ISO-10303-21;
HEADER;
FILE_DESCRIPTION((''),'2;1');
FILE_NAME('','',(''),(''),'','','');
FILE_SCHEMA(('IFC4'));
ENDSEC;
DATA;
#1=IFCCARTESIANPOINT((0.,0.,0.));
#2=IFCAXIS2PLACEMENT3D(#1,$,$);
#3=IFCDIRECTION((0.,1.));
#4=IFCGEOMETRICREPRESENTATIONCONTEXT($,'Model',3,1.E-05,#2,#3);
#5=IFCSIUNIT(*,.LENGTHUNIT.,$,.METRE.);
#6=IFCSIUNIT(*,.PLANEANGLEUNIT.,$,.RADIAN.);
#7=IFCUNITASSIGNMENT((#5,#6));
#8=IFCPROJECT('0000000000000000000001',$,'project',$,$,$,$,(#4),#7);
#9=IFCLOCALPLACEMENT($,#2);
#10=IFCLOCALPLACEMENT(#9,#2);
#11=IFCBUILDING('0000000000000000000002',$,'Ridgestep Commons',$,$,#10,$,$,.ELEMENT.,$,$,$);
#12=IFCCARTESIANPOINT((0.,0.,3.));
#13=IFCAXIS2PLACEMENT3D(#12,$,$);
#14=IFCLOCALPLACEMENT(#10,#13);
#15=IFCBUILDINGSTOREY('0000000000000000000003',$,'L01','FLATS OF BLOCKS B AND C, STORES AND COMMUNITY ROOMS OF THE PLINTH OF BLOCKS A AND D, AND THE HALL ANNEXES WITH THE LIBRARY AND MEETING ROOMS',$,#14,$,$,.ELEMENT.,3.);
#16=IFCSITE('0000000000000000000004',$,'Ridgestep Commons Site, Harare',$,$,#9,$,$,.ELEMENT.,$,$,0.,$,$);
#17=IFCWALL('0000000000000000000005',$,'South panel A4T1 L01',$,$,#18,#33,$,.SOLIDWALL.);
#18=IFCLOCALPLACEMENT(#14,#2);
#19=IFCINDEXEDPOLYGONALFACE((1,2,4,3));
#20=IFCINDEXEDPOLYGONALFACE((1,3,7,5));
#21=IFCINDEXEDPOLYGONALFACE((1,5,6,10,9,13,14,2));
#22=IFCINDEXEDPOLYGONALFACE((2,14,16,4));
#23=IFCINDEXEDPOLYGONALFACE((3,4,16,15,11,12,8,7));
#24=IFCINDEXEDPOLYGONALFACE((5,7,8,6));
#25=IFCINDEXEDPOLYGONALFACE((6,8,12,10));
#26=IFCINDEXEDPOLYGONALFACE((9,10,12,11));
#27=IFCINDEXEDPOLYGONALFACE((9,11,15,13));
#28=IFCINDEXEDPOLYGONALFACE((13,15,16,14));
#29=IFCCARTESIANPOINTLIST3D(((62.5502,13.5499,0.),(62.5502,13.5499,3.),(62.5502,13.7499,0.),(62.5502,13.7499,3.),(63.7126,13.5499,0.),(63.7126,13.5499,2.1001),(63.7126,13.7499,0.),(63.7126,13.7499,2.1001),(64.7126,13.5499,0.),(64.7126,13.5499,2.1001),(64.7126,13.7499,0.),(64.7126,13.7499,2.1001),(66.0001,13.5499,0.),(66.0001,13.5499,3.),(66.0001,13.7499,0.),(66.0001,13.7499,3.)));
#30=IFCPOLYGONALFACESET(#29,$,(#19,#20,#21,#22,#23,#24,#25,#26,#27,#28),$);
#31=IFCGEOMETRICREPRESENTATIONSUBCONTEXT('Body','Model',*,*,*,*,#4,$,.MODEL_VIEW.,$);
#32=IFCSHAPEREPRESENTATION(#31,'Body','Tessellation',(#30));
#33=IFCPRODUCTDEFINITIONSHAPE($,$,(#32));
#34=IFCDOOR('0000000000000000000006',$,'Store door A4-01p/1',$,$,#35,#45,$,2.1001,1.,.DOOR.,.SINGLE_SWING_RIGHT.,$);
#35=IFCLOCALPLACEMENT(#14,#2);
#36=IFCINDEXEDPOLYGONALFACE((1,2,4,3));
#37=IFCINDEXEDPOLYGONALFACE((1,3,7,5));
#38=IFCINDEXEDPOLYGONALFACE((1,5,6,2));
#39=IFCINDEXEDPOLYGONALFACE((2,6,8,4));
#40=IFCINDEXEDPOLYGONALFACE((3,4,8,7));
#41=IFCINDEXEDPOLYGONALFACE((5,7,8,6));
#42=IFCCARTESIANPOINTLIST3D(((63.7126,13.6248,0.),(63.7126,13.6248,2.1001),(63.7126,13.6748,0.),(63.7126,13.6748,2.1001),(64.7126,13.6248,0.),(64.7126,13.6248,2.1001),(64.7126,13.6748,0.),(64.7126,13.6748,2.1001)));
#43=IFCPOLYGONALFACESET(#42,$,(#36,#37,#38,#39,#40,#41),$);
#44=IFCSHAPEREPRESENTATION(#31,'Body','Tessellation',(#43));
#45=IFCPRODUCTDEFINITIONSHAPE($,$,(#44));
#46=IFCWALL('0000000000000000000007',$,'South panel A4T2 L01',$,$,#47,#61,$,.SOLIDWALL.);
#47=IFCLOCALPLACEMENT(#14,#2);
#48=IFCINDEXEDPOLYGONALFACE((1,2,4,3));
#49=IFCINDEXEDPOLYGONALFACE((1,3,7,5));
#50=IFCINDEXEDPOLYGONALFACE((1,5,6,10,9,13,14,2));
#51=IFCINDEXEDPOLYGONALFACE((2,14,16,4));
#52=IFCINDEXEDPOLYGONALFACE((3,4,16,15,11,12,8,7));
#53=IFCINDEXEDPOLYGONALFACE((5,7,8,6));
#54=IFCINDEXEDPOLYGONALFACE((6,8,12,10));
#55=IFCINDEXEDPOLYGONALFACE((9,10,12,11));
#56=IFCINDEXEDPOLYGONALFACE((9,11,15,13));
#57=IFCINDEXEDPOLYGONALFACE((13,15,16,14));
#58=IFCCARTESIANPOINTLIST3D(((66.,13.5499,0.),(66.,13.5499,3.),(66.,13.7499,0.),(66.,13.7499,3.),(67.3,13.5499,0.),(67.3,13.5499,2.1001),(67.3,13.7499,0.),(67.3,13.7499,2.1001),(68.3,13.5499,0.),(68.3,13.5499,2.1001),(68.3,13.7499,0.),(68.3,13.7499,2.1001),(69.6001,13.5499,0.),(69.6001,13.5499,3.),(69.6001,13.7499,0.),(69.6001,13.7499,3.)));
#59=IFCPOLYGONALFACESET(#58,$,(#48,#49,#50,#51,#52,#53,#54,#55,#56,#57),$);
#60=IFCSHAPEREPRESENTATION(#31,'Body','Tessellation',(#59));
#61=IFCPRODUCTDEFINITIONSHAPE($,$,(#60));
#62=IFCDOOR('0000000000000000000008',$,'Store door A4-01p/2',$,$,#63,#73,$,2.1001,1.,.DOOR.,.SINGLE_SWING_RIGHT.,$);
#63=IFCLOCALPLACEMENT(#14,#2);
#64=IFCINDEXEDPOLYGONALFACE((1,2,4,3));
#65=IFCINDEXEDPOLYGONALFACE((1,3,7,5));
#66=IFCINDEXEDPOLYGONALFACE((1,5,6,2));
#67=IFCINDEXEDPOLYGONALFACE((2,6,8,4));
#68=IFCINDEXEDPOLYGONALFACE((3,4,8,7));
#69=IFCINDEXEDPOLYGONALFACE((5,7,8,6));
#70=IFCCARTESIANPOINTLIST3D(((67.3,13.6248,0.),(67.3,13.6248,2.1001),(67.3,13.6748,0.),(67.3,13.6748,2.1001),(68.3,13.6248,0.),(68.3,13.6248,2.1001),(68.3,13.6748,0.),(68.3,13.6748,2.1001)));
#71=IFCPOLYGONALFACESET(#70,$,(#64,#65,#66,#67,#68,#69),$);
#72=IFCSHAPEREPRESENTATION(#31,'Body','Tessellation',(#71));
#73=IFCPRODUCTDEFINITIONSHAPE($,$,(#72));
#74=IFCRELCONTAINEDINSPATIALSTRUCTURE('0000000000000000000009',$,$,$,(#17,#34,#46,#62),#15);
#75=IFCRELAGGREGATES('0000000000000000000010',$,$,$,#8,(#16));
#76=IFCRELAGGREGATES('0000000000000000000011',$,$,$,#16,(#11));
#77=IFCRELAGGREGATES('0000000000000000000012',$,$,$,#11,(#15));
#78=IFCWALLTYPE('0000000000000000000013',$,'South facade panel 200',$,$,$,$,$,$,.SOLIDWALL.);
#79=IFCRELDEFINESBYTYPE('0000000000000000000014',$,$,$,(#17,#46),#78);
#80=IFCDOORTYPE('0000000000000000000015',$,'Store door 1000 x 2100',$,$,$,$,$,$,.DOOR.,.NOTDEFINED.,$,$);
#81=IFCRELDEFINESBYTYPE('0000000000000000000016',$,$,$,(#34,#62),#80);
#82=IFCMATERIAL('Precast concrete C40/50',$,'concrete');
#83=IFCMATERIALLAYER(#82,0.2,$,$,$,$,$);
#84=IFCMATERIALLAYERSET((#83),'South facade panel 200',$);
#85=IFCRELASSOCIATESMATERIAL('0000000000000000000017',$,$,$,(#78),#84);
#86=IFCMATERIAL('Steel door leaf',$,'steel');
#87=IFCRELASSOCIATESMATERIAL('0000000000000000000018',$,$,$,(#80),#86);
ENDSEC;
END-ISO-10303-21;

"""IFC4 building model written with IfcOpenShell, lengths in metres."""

from ifc_helpers import new_model, si_unit, direction, frame, frame_2d, origin, place, context, subcontext, project, spatial, rectangle, extrude, material, layer, layer_set, type_object, element, fill, save


model = new_model("IFC4")

# Units and contexts
model_context = context("Model", 3, precision=1e-05, world=origin(), true_north=direction((0.0, 1.0)))
body_context = subcontext(model_context, "Body", "Model", "MODEL_VIEW")
ifc_project = project(units=[si_unit("LENGTHUNIT", "METRE"), si_unit("PLANEANGLEUNIT", "RADIAN")], contexts=[model_context])

# Site, building, storey
site_placement = place(None, origin())
site = spatial("IfcSite", under=ifc_project, at=site_placement, Name="Ridgestep Commons Site, Harare", CompositionType="ELEMENT", RefElevation=0.0)
building_placement = place(site_placement, origin())
building = spatial("IfcBuilding", under=site, at=building_placement, Name="Ridgestep Commons", CompositionType="ELEMENT")
storey_placement = place(building_placement, frame((0.0, 0.0, 3.0)))
storey = spatial("IfcBuildingStorey", under=building, at=storey_placement, Name="L01", Description="FLATS OF BLOCKS B AND C, STORES AND COMMUNITY ROOMS OF THE PLINTH OF BLOCKS A AND D, AND THE HALL ANNEXES WITH THE LIBRARY AND MEETING ROOMS", CompositionType="ELEMENT", Elevation=3.0)

# Walls, openings, doors
ifc_material_1 = material(Name="Precast concrete C40/50", Category="concrete")
ifc_layer_1 = layer(ifc_material_1, 0.2)
ifc_layer_set_1 = layer_set([ifc_layer_1], Name="South facade panel 200")
wall_type_1 = type_object("IfcWallType", Name="South facade panel 200", PredefinedType="SOLIDWALL", material=ifc_layer_set_1)
ifc_material_2 = material(Name="Steel door leaf", Category="steel")
door_type_1 = type_object("IfcDoorType", Name="Store door 1000 x 2100", OperationType="NOTDEFINED", PredefinedType="DOOR", material=ifc_material_2)
wall_1_placement = place(storey_placement, frame((62.55, 13.6499, 0.0), z_axis=(0.0, 0.0, 1.0), x_axis=(1.0, 0.0, 0.0)))
wall_1 = element("IfcWall", 1, at=wall_1_placement, inside=storey, type_object=wall_type_1, Name="South panel A4T1 L01", PredefinedType="SOLIDWALL", context=body_context, shape_type="SweptSolid", body=[
    extrude(rectangle(XDim=3.45, YDim=0.2, at=frame_2d((1.7251, 0.0))), origin(), (0.0, 0.0, 1.0), 3.0),
])
opening_1_placement = place(wall_1_placement, frame((1.1626, 0.0, 0.0)))
opening_1 = element("IfcOpeningElement", 2, at=opening_1_placement, cuts=wall_1, PredefinedType="OPENING", context=body_context, shape_type="SweptSolid", body=[
    extrude(rectangle(XDim=1.0, YDim=2.1001, at=frame_2d((0.5, 1.05))), frame((0.0, 0.1099, 0.0), z_axis=(0.0, -1.0, 0.0), x_axis=(1.0, 0.0, 0.0)), (0.0, 0.0, 1.0), 0.22),
])
door_1_placement = place(opening_1_placement, origin())
door_1 = element("IfcDoor", 3, at=door_1_placement, inside=storey, type_object=door_type_1, Name="Store door A4-01p/1", OperationType="SINGLE_SWING_RIGHT", OverallHeight=2.1001, OverallWidth=1.0, PredefinedType="DOOR", context=body_context, shape_type="SweptSolid", body=[
    extrude(rectangle(XDim=1.0, YDim=2.1001, at=frame_2d((0.5, 1.05))), frame((0.0, 0.0249, 0.0), z_axis=(0.0, -1.0, 0.0), x_axis=(1.0, 0.0, 0.0)), (0.0, 0.0, 1.0), 0.05),
])
fill(opening_1, door_1)
wall_2_placement = place(storey_placement, frame((66.0, 13.6499, 0.0), z_axis=(0.0, 0.0, 1.0), x_axis=(1.0, 0.0, 0.0)))
wall_2 = element("IfcWall", 4, at=wall_2_placement, inside=storey, type_object=wall_type_1, Name="South panel A4T2 L01", PredefinedType="SOLIDWALL", context=body_context, shape_type="SweptSolid", body=[
    extrude(rectangle(XDim=3.6001, YDim=0.2, at=frame_2d((1.8, 0.0))), origin(), (0.0, 0.0, 1.0), 3.0),
])
opening_2_placement = place(wall_2_placement, frame((1.3, 0.0, 0.0)))
opening_2 = element("IfcOpeningElement", 5, at=opening_2_placement, cuts=wall_2, PredefinedType="OPENING", context=body_context, shape_type="SweptSolid", body=[
    extrude(rectangle(XDim=1.0, YDim=2.1001, at=frame_2d((0.5, 1.05))), frame((0.0, 0.1099, 0.0), z_axis=(0.0, -1.0, 0.0), x_axis=(1.0, 0.0, 0.0)), (0.0, 0.0, 1.0), 0.22),
])
door_2_placement = place(opening_2_placement, origin())
door_2 = element("IfcDoor", 6, at=door_2_placement, inside=storey, type_object=door_type_1, Name="Store door A4-01p/2", OperationType="SINGLE_SWING_RIGHT", OverallHeight=2.1001, OverallWidth=1.0, PredefinedType="DOOR", context=body_context, shape_type="SweptSolid", body=[
    extrude(rectangle(XDim=1.0, YDim=2.1001, at=frame_2d((0.5, 1.05))), frame((0.0, 0.0249, 0.0), z_axis=(0.0, -1.0, 0.0), x_axis=(1.0, 0.0, 0.0)), (0.0, 0.0, 1.0), 0.05),
])
fill(opening_2, door_2)

save(model, "model.ifc")
